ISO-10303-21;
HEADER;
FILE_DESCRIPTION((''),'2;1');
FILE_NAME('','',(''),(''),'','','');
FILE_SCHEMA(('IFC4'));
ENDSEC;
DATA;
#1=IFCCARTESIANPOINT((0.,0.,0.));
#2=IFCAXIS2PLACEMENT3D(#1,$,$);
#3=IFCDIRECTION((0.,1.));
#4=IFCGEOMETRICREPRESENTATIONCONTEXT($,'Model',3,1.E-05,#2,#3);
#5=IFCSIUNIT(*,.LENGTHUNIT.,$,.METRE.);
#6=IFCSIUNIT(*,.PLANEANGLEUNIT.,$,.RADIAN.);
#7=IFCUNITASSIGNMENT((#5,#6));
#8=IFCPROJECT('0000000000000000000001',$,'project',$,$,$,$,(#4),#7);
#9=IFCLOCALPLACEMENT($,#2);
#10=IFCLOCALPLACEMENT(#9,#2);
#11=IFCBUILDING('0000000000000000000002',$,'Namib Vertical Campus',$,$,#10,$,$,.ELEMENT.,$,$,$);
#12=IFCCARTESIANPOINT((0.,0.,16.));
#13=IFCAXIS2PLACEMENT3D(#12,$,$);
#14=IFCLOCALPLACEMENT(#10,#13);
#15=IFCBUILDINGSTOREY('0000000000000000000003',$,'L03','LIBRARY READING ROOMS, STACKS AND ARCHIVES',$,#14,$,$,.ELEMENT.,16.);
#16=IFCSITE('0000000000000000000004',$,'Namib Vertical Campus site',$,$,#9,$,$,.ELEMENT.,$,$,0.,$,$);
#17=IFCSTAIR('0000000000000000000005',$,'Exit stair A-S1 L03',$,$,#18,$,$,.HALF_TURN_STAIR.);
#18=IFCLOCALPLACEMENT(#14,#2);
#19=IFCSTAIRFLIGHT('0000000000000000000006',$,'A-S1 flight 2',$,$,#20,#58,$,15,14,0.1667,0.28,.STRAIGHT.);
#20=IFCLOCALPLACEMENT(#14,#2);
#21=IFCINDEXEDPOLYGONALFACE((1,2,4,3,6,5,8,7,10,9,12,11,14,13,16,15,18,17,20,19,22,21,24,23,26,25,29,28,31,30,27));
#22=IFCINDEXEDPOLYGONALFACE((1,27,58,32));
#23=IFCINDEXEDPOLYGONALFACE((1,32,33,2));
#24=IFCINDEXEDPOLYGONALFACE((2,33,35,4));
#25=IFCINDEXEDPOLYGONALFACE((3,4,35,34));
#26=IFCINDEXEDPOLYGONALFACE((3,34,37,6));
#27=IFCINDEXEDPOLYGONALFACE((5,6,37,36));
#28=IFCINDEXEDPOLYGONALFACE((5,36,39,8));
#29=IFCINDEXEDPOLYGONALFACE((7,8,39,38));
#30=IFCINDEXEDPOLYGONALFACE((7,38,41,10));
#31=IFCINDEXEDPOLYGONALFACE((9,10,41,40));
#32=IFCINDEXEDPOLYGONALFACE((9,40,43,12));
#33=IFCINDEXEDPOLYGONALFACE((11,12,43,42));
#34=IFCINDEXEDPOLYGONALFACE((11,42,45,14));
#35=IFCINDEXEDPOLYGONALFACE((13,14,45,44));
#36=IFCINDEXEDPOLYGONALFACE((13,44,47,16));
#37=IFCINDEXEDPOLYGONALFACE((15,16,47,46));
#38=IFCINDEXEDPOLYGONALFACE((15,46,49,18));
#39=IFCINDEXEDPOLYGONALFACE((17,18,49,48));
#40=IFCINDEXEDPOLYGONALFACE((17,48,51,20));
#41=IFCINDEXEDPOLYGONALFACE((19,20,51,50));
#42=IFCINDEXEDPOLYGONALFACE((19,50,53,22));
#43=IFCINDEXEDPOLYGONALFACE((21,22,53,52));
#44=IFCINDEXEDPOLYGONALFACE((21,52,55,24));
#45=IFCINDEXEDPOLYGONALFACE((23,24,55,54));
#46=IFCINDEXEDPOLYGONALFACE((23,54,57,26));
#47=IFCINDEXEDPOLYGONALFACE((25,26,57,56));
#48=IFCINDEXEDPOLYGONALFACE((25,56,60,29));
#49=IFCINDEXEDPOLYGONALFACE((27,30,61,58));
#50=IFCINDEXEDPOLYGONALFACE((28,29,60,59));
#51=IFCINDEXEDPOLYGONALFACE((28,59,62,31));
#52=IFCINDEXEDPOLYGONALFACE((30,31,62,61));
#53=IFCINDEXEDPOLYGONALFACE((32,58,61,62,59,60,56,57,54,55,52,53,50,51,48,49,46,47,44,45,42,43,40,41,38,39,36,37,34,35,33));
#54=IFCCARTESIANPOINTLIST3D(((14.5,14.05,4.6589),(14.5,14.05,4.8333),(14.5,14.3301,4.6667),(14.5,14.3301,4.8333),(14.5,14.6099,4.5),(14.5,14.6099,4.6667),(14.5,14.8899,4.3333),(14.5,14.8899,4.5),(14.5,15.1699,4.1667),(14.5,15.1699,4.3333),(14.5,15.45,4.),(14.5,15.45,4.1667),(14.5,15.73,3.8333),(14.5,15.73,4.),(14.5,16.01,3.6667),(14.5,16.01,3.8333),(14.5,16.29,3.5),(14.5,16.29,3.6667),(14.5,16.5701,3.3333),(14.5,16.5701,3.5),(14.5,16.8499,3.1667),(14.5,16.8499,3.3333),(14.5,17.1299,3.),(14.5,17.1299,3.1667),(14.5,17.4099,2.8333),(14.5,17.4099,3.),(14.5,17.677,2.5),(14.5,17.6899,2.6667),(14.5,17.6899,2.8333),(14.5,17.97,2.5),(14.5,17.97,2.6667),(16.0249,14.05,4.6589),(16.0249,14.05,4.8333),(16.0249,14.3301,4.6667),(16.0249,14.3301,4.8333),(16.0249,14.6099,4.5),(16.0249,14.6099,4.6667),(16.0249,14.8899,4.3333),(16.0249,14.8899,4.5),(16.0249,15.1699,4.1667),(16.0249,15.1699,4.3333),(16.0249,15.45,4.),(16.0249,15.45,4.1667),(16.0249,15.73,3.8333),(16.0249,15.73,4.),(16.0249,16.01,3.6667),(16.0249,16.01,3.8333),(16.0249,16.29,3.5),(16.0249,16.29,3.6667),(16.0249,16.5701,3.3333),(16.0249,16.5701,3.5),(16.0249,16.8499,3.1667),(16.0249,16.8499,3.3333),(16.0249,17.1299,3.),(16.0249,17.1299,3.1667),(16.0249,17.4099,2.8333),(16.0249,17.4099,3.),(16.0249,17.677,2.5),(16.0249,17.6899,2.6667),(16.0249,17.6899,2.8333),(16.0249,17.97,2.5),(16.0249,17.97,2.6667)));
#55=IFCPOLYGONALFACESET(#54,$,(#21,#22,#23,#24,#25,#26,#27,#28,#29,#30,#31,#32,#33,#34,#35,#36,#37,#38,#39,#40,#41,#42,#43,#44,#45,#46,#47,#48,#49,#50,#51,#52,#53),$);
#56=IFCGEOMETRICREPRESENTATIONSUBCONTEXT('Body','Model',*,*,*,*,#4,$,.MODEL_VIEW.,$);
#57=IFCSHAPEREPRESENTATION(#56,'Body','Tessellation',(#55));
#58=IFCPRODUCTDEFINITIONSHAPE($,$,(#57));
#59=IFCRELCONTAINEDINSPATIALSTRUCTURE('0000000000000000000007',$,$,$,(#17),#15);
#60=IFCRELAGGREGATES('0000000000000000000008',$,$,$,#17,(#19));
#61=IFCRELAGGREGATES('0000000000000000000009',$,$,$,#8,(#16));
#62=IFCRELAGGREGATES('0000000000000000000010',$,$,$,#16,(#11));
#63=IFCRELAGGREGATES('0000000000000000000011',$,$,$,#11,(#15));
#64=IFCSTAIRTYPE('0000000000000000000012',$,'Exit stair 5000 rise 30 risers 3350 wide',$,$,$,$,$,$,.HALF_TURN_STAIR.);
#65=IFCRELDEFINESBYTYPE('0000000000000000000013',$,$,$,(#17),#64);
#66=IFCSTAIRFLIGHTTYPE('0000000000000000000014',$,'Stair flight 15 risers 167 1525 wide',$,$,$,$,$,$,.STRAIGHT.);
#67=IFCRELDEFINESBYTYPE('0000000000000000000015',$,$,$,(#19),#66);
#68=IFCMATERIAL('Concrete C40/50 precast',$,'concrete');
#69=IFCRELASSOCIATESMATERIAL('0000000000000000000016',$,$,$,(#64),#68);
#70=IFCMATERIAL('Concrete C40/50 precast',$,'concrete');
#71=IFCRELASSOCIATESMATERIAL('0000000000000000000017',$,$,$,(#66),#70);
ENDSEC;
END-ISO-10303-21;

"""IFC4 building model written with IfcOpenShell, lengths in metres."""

from ifc_helpers import new_model, si_unit, direction, frame, origin, place, context, subcontext, project, spatial, polyline, outline, extrude, material, type_object, element, aggregate, save


model = new_model("IFC4")

# Units and contexts
model_context = context("Model", 3, precision=1e-05, world=origin(), true_north=direction((0.0, 1.0)))
body_context = subcontext(model_context, "Body", "Model", "MODEL_VIEW")
ifc_project = project(units=[si_unit("LENGTHUNIT", "METRE"), si_unit("PLANEANGLEUNIT", "RADIAN")], contexts=[model_context])

# Site, building, storey
site_placement = place(None, origin())
site = spatial("IfcSite", under=ifc_project, at=site_placement, Name="Namib Vertical Campus site", CompositionType="ELEMENT", RefElevation=0.0)
building_placement = place(site_placement, origin())
building = spatial("IfcBuilding", under=site, at=building_placement, Name="Namib Vertical Campus", CompositionType="ELEMENT")
storey_placement = place(building_placement, frame((0.0, 0.0, 16.0)))
storey = spatial("IfcBuildingStorey", under=building, at=storey_placement, Name="L03", Description="LIBRARY READING ROOMS, STACKS AND ARCHIVES", CompositionType="ELEMENT", Elevation=16.0)

# Stair, stair flight
ifc_material_1 = material(Name="Concrete C40/50 precast", Category="concrete")
stair_type = type_object("IfcStairType", Name="Exit stair 5000 rise 30 risers 3350 wide", PredefinedType="HALF_TURN_STAIR", material=ifc_material_1)
stair_placement = place(storey_placement, origin())
stair = element("IfcStair", 1, at=stair_placement, inside=storey, type_object=stair_type, Name="Exit stair A-S1 L03", PredefinedType="HALF_TURN_STAIR")
ifc_material_2 = material(Name="Concrete C40/50 precast", Category="concrete")
stair_flight_type = type_object("IfcStairFlightType", Name="Stair flight 15 risers 167 1525 wide", PredefinedType="STRAIGHT", material=ifc_material_2)
stair_flight_placement = place(storey_placement, frame((15.2625, 17.97, 2.5), z_axis=(0.0, 0.0, 1.0), x_axis=(0.0, -1.0, 0.0)))
stair_flight = element("IfcStairFlight", 2, at=stair_flight_placement, type_object=stair_flight_type, Name="A-S1 flight 2", NumberOfRisers=15, NumberOfTreads=14, PredefinedType="STRAIGHT", RiserHeight=0.1667, TreadLength=0.28, context=body_context, shape_type="SweptSolid", body=[
    extrude(outline(polyline([(0.0, 0.0), (0.0, 0.1667), (0.28, 0.1667), (0.28, 0.3333), (0.5601, 0.3333), (0.5601, 0.5), (0.8401, 0.5), (0.8401, 0.6667), (1.1201, 0.6667), (1.1201, 0.8333), (1.3999, 0.8333), (1.3999, 1.0), (1.6799, 1.0), (1.6799, 1.1667), (1.96, 1.1667), (1.96, 1.3333), (2.24, 1.3333), (2.24, 1.5), (2.52, 1.5), (2.52, 1.6667), (2.8, 1.6667), (2.8, 1.8333), (3.0801, 1.8333), (3.0801, 2.0), (3.3601, 2.0), (3.3601, 2.1667), (3.6399, 2.1667), (3.6399, 2.3333), (3.9199, 2.3333), (3.9199, 2.5), (3.9199, 2.1589), (0.293, 0.0), (0.0, 0.0)])), frame((0.0, 0.7625, 0.0), z_axis=(0.0, -1.0, 0.0), x_axis=(1.0, 0.0, 0.0)), (0.0, 0.0, 1.0), 1.5249),
])
aggregate(stair, [stair_flight])

save(model, "model.ifc")
